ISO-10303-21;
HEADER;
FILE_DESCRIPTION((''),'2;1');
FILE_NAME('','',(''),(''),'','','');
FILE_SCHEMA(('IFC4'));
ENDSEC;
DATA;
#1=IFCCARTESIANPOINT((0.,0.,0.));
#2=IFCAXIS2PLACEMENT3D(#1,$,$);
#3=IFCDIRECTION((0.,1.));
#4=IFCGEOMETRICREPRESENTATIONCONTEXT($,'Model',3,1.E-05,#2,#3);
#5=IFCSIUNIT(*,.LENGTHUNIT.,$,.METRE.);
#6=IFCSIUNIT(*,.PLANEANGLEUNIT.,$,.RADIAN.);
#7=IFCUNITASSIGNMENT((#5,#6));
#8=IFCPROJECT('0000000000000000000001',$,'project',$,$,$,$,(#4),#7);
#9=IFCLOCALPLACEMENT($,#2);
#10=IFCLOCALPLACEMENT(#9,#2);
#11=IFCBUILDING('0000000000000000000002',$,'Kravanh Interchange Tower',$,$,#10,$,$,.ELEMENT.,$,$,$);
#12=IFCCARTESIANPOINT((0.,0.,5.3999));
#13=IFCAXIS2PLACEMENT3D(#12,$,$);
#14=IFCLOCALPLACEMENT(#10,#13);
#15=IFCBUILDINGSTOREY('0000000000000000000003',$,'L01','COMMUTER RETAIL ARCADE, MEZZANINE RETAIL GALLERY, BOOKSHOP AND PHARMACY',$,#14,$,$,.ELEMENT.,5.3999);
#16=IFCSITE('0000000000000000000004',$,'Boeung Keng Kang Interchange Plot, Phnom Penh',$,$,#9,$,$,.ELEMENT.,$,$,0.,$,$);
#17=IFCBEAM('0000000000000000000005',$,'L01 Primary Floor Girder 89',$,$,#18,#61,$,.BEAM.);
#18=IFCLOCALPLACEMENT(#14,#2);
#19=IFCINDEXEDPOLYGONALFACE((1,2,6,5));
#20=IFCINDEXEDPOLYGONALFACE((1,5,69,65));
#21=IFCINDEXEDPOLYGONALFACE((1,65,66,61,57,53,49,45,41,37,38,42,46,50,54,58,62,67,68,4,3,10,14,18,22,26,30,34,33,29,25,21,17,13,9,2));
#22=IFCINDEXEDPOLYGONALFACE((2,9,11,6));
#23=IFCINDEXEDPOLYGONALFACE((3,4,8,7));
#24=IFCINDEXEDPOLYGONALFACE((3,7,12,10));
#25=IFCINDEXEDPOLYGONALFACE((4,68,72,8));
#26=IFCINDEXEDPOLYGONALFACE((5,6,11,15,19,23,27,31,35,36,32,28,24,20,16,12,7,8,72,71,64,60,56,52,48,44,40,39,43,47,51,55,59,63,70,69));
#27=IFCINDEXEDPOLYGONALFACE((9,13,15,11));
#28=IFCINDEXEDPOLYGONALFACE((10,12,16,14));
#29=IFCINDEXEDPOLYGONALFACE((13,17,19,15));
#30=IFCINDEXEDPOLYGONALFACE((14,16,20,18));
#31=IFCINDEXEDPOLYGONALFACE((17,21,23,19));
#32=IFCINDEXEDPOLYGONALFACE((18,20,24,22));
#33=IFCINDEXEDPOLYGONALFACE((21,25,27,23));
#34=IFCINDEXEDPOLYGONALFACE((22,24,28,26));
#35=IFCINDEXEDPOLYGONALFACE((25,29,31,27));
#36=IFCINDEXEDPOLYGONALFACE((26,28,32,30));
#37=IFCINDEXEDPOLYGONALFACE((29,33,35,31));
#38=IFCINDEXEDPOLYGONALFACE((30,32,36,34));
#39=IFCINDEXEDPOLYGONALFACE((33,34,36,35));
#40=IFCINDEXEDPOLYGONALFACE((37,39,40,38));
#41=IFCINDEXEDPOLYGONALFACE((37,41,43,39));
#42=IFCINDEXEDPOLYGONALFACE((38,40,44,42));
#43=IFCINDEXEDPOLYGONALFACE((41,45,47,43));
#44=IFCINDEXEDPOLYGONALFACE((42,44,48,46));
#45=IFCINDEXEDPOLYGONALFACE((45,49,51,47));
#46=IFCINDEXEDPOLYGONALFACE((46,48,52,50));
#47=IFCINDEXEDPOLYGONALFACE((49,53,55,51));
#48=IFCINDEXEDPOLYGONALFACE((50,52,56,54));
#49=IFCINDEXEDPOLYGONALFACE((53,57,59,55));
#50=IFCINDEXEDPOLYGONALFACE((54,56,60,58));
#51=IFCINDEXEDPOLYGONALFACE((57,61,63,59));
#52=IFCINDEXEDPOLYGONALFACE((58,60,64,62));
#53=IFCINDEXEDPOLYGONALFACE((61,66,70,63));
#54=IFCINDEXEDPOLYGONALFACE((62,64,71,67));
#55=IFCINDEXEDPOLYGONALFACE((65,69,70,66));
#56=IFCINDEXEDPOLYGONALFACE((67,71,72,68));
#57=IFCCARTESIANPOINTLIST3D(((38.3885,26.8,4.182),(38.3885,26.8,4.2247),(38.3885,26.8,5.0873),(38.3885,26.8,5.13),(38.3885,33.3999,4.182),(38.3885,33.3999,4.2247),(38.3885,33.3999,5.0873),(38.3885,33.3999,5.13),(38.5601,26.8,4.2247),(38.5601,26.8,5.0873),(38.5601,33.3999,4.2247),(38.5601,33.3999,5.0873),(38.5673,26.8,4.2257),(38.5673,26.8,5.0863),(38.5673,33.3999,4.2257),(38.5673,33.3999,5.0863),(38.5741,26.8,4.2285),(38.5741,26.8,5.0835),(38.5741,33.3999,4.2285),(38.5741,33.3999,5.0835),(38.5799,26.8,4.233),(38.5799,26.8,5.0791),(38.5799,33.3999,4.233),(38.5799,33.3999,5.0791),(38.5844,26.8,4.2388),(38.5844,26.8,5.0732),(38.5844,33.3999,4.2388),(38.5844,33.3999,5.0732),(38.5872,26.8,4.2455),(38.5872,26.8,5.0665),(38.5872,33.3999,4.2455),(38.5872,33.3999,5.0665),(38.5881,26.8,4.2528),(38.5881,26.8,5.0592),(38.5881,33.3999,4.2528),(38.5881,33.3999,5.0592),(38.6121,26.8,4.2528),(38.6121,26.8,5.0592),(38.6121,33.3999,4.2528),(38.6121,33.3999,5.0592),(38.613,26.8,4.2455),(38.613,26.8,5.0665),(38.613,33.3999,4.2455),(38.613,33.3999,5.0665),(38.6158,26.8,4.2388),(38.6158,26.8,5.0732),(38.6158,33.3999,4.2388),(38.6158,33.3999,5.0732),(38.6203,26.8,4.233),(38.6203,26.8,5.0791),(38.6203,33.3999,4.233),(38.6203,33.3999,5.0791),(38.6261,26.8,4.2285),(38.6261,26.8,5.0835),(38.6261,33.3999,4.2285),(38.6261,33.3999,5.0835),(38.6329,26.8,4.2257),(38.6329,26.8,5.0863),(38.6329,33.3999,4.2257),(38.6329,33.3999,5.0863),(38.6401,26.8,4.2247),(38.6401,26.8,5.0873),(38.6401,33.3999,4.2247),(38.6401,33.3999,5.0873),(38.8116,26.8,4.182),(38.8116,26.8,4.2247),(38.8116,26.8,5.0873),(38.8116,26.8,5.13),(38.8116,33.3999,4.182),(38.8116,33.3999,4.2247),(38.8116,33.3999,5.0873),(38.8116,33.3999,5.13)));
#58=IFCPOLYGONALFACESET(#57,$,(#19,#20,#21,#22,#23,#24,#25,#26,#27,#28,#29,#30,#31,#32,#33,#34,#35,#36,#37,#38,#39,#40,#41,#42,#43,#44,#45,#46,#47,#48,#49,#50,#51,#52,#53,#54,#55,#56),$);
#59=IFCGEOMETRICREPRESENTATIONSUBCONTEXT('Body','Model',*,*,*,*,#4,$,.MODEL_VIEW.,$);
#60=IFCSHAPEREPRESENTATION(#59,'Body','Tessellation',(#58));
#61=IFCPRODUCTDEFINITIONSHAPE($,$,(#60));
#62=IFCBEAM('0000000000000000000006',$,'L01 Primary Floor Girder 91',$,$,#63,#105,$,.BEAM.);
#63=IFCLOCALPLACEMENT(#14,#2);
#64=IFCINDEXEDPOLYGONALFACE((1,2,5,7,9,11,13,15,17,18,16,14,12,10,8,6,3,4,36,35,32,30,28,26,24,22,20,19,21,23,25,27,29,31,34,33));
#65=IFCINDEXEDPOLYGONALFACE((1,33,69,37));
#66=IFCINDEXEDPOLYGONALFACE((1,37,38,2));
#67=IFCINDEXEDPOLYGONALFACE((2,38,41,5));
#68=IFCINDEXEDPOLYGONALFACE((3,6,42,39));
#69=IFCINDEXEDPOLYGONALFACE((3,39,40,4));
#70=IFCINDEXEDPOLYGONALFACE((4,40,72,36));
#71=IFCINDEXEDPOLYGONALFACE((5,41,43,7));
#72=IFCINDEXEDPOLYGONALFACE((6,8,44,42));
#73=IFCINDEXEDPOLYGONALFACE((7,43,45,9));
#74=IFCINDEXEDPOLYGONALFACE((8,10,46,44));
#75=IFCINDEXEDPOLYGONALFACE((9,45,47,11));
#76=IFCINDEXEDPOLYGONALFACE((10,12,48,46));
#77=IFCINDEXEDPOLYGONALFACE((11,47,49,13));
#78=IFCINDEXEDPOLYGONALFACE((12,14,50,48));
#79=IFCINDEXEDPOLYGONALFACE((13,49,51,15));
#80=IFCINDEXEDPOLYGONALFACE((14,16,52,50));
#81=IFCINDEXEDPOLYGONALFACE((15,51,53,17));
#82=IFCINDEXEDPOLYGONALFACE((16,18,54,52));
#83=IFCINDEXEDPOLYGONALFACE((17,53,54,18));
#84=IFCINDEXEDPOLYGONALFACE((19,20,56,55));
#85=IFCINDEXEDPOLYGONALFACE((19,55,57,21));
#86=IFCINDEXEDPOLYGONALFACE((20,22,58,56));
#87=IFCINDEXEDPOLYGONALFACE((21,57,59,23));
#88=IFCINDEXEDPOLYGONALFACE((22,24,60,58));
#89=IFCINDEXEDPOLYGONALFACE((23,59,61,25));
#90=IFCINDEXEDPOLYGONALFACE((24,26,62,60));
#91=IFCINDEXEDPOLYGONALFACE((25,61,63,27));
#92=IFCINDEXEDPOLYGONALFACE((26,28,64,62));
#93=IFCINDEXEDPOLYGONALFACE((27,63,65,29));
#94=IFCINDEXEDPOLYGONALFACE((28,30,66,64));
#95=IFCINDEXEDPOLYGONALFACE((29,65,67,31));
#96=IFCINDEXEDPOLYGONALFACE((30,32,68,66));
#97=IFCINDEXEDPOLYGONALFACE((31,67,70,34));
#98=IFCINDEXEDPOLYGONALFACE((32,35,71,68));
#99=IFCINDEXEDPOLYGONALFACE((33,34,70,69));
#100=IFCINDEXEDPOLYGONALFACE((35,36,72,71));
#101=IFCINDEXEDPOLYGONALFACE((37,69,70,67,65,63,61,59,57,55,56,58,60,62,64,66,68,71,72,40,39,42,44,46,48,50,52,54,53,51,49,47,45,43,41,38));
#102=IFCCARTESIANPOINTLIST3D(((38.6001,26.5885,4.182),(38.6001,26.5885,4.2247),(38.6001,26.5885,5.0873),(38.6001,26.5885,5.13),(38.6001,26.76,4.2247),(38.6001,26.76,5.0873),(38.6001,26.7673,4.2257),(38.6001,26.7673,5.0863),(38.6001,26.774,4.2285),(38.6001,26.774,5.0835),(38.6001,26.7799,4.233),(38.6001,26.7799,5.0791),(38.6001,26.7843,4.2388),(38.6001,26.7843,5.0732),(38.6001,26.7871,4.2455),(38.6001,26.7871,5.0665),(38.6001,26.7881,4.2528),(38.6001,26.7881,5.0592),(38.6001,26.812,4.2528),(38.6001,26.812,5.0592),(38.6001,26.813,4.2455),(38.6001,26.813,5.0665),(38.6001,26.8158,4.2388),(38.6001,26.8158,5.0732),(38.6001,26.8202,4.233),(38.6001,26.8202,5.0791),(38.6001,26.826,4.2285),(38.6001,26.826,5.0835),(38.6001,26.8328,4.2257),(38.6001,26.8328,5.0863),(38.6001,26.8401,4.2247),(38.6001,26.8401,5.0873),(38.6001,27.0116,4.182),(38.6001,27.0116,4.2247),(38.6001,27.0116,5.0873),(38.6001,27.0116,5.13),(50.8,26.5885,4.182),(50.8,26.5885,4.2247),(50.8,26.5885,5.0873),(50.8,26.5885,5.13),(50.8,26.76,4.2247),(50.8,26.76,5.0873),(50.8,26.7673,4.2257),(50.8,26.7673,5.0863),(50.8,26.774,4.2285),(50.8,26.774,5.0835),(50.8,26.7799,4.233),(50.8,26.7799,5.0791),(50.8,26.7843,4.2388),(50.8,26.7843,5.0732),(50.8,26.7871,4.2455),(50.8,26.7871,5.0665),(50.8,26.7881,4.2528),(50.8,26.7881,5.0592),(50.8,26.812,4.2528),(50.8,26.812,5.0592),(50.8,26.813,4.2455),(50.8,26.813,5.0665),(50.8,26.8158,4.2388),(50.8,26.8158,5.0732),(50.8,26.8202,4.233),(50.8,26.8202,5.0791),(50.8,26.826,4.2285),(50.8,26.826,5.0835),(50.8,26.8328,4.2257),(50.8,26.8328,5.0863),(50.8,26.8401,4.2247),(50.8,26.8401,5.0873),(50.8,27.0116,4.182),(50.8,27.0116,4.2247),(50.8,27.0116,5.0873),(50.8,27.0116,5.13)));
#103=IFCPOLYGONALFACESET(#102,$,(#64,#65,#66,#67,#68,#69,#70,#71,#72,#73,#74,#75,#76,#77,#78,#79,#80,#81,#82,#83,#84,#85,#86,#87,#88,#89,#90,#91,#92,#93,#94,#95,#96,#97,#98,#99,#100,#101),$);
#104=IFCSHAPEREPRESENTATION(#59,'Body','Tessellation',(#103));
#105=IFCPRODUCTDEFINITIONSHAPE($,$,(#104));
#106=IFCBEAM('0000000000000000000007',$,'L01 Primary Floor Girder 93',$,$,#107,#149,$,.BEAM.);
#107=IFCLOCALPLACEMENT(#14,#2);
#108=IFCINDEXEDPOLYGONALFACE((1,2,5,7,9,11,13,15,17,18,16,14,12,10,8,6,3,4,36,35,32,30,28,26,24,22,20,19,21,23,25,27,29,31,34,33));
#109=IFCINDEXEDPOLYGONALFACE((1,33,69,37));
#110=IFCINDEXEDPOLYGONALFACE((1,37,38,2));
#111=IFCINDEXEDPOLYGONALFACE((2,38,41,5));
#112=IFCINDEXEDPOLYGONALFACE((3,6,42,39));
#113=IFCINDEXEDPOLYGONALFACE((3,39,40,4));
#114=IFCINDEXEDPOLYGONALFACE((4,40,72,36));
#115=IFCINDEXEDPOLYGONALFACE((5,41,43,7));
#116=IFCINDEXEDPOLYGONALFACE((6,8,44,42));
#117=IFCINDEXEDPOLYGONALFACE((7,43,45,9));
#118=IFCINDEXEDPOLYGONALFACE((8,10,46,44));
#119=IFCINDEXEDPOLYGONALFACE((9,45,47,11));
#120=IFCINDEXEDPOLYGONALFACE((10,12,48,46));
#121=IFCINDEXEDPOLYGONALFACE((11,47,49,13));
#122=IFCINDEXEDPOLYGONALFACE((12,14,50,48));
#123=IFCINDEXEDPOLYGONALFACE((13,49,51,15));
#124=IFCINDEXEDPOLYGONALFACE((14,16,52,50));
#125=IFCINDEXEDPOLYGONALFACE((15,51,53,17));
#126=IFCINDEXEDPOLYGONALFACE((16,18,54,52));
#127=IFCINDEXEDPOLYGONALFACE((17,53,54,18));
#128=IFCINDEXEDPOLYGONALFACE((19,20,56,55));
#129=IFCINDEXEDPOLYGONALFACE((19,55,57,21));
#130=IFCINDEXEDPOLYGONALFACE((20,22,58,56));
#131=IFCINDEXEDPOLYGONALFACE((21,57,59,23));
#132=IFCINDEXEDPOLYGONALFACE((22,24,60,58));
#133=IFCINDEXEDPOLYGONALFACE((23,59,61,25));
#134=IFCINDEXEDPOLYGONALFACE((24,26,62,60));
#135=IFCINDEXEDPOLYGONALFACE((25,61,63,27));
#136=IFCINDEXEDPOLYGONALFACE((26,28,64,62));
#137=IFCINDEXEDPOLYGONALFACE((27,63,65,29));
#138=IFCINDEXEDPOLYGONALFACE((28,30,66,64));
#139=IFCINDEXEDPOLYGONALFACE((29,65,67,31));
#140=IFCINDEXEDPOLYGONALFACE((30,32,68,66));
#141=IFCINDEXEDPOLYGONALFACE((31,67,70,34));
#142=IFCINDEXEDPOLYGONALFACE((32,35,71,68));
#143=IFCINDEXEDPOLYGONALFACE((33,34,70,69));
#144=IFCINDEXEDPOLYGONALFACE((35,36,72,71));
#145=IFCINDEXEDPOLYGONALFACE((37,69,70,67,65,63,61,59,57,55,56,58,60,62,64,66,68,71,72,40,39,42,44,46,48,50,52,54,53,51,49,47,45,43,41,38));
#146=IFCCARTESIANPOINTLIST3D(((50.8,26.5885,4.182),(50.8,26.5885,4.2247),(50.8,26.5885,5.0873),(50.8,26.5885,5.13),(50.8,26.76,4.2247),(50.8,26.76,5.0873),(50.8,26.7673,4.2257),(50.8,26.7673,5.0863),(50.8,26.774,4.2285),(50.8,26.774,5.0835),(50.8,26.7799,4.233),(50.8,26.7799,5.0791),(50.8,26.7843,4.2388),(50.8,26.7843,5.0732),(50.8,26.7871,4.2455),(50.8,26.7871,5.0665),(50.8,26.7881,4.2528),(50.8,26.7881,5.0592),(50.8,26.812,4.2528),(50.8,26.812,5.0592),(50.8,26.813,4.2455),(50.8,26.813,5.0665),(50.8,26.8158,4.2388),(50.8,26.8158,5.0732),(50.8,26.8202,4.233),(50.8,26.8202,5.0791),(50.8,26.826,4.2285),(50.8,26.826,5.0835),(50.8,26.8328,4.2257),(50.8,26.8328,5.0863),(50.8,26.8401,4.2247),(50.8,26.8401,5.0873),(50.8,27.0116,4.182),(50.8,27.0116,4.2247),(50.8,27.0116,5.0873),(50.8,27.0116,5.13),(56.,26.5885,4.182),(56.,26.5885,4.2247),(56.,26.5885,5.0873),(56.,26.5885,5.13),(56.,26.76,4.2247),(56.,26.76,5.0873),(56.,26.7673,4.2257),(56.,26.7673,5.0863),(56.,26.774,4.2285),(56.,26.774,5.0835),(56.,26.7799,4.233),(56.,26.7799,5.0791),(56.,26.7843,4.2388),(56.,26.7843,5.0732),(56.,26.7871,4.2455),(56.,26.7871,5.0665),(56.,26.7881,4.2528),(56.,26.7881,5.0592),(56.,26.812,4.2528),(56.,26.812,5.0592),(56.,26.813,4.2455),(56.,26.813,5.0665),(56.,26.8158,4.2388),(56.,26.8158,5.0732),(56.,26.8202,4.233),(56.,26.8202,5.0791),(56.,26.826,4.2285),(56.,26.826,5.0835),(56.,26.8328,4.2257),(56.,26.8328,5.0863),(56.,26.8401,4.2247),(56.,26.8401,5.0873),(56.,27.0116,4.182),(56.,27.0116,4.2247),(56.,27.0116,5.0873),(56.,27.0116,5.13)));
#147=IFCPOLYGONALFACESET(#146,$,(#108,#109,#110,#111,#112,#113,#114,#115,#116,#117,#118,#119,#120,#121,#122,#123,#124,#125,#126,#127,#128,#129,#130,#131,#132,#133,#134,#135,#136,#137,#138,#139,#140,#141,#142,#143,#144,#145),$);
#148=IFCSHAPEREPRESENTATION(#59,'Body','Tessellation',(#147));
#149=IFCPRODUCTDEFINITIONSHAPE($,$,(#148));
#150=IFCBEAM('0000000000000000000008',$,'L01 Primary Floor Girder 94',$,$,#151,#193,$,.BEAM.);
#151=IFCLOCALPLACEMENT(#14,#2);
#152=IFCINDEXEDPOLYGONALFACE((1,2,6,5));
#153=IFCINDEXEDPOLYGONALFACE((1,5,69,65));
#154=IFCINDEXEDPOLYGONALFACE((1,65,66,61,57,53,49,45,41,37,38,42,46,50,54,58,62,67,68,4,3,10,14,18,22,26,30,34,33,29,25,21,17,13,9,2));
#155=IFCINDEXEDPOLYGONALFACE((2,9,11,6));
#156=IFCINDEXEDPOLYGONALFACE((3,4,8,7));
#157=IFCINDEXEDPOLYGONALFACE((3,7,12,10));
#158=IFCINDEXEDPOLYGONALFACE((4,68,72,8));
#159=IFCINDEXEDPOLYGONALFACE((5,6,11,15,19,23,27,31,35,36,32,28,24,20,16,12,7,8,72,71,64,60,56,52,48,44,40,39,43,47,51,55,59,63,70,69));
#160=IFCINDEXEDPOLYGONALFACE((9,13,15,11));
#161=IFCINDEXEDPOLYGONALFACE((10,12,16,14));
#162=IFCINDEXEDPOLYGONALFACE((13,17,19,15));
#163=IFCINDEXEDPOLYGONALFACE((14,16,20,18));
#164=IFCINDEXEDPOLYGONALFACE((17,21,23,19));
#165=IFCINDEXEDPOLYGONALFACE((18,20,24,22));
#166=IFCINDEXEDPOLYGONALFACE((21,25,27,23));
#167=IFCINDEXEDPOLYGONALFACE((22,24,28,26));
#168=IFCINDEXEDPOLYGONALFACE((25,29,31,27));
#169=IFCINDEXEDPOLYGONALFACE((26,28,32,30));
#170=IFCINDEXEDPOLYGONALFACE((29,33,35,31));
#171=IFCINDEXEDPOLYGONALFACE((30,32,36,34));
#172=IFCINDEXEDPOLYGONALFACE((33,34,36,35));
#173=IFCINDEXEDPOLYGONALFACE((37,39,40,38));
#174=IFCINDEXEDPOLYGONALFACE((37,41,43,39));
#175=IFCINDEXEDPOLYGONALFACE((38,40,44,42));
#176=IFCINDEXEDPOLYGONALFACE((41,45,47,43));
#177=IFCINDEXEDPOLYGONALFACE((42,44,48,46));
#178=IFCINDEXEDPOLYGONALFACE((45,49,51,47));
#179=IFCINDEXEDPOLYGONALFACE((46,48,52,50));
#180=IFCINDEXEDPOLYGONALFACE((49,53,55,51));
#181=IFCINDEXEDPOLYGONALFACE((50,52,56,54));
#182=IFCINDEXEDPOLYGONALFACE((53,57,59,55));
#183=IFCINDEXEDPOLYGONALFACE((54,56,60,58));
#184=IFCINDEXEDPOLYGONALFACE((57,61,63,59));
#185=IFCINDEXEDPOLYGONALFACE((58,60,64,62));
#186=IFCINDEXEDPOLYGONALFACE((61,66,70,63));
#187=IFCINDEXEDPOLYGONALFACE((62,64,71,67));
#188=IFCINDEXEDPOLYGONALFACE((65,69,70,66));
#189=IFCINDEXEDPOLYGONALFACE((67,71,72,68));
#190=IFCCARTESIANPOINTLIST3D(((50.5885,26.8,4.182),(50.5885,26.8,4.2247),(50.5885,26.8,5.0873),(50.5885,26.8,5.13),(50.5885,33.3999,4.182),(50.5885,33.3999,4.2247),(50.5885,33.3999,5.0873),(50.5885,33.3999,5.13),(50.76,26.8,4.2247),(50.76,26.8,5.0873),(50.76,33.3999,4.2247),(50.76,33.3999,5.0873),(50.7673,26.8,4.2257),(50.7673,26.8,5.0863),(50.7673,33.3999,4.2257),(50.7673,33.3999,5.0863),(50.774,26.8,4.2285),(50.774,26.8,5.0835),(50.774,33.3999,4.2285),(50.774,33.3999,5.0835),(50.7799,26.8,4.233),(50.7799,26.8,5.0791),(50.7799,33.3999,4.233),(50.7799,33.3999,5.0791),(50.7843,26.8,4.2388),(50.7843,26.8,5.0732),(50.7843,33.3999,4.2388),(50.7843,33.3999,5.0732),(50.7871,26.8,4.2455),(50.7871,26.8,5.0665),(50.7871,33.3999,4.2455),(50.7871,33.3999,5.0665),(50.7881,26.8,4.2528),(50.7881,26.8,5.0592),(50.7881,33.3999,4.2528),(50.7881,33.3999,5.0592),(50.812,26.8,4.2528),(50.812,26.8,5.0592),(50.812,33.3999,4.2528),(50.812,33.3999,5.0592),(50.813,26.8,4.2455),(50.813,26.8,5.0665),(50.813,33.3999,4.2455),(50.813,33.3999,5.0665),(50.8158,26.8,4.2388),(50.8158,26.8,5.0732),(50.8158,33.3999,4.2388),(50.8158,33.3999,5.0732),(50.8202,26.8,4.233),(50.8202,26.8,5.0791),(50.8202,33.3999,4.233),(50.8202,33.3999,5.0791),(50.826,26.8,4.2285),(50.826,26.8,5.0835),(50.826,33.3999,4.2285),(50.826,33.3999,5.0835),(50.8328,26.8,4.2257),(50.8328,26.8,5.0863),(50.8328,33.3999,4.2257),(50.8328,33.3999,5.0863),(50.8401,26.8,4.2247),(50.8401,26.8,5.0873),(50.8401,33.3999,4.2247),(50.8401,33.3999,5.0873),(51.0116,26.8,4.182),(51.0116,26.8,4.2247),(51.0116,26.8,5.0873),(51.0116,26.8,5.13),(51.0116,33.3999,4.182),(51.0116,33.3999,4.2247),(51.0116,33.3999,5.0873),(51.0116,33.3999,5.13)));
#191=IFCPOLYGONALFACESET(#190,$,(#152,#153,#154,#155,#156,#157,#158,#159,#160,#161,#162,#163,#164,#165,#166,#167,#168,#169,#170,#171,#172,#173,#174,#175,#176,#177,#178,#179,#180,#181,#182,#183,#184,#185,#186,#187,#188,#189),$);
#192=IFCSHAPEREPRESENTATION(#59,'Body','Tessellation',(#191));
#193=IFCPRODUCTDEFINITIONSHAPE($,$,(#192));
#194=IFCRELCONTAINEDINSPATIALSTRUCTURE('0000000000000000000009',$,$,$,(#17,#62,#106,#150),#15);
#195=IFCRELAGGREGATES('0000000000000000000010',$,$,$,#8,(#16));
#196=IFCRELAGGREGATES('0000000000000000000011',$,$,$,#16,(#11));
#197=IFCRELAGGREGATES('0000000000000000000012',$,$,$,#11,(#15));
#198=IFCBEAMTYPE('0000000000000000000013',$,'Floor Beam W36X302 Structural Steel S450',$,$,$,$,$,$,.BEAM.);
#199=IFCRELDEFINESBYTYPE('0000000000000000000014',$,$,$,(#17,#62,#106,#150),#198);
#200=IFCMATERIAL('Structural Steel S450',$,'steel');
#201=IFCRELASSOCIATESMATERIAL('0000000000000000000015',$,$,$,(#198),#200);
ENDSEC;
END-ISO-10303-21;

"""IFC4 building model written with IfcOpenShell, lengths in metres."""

from ifc_helpers import new_model, si_unit, direction, frame, origin, origin_2d, place, context, subcontext, project, spatial, i_section, extrude, material, material_profile, profile_set, type_object, element, save


model = new_model("IFC4")

# Units and contexts
model_context = context("Model", 3, precision=1e-05, world=origin(), true_north=direction((0.0, 1.0)))
body_context = subcontext(model_context, "Body", "Model", "MODEL_VIEW")
ifc_project = project(units=[si_unit("LENGTHUNIT", "METRE"), si_unit("PLANEANGLEUNIT", "RADIAN")], contexts=[model_context])

# Site, building, storey
site_placement = place(None, origin())
site = spatial("IfcSite", under=ifc_project, at=site_placement, Name="Boeung Keng Kang Interchange Plot, Phnom Penh", CompositionType="ELEMENT", RefElevation=0.0)
building_placement = place(site_placement, origin())
building = spatial("IfcBuilding", under=site, at=building_placement, Name="Kravanh Interchange Tower", CompositionType="ELEMENT")
storey_placement = place(building_placement, frame((0.0, 0.0, 5.3999)))
storey = spatial("IfcBuildingStorey", under=building, at=storey_placement, Name="L01", Description="COMMUTER RETAIL ARCADE, MEZZANINE RETAIL GALLERY, BOOKSHOP AND PHARMACY", CompositionType="ELEMENT", Elevation=5.3999)

# Beams
ifc_material_1 = material(Name="Structural Steel S450", Category="steel")
ifc_material_profile_1 = material_profile(ifc_material_1, i_section(OverallWidth=0.4231, OverallDepth=0.948, WebThickness=0.0239, FlangeThickness=0.0427, FilletRadius=0.0281, at=origin_2d()), Name="W36X302")
ifc_profile_set_1 = profile_set([ifc_material_profile_1], Name="Structural Steel S450")
beam_type_1 = type_object("IfcBeamType", Name="Floor Beam W36X302 Structural Steel S450", PredefinedType="BEAM", material=ifc_profile_set_1)
beam_1_placement = place(storey_placement, frame((38.6001, 26.8, 4.656), z_axis=(0.0, 1.0, 0.0), x_axis=(-1.0, 0.0, 0.0)))
element("IfcBeam", 1, at=beam_1_placement, inside=storey, type_object=beam_type_1, Name="L01 Primary Floor Girder 89", PredefinedType="BEAM", context=body_context, shape_type="SweptSolid", body=[
    extrude(i_section(OverallWidth=0.4231, OverallDepth=0.948, WebThickness=0.0239, FlangeThickness=0.0427, FilletRadius=0.0281, at=origin_2d()), origin(), (0.0, 0.0, 1.0), 6.5999),
])
beam_2_placement = place(storey_placement, frame((38.6001, 26.8, 4.656), z_axis=(1.0, 0.0, 0.0), x_axis=(0.0, 1.0, 0.0)))
element("IfcBeam", 2, at=beam_2_placement, inside=storey, type_object=beam_type_1, Name="L01 Primary Floor Girder 91", PredefinedType="BEAM", context=body_context, shape_type="SweptSolid", body=[
    extrude(i_section(OverallWidth=0.4231, OverallDepth=0.948, WebThickness=0.0239, FlangeThickness=0.0427, FilletRadius=0.0281, at=origin_2d()), origin(), (0.0, 0.0, 1.0), 12.2),
])
beam_3_placement = place(storey_placement, frame((50.8, 26.8, 4.656), z_axis=(1.0, 0.0, 0.0), x_axis=(0.0, 1.0, 0.0)))
element("IfcBeam", 3, at=beam_3_placement, inside=storey, type_object=beam_type_1, Name="L01 Primary Floor Girder 93", PredefinedType="BEAM", context=body_context, shape_type="SweptSolid", body=[
    extrude(i_section(OverallWidth=0.4231, OverallDepth=0.948, WebThickness=0.0239, FlangeThickness=0.0427, FilletRadius=0.0281, at=origin_2d()), origin(), (0.0, 0.0, 1.0), 5.2),
])
beam_4_placement = place(storey_placement, frame((50.8, 26.8, 4.656), z_axis=(0.0, 1.0, 0.0), x_axis=(-1.0, 0.0, 0.0)))
element("IfcBeam", 4, at=beam_4_placement, inside=storey, type_object=beam_type_1, Name="L01 Primary Floor Girder 94", PredefinedType="BEAM", context=body_context, shape_type="SweptSolid", body=[
    extrude(i_section(OverallWidth=0.4231, OverallDepth=0.948, WebThickness=0.0239, FlangeThickness=0.0427, FilletRadius=0.0281, at=origin_2d()), origin(), (0.0, 0.0, 1.0), 6.5999),
])

save(model, "model.ifc")
